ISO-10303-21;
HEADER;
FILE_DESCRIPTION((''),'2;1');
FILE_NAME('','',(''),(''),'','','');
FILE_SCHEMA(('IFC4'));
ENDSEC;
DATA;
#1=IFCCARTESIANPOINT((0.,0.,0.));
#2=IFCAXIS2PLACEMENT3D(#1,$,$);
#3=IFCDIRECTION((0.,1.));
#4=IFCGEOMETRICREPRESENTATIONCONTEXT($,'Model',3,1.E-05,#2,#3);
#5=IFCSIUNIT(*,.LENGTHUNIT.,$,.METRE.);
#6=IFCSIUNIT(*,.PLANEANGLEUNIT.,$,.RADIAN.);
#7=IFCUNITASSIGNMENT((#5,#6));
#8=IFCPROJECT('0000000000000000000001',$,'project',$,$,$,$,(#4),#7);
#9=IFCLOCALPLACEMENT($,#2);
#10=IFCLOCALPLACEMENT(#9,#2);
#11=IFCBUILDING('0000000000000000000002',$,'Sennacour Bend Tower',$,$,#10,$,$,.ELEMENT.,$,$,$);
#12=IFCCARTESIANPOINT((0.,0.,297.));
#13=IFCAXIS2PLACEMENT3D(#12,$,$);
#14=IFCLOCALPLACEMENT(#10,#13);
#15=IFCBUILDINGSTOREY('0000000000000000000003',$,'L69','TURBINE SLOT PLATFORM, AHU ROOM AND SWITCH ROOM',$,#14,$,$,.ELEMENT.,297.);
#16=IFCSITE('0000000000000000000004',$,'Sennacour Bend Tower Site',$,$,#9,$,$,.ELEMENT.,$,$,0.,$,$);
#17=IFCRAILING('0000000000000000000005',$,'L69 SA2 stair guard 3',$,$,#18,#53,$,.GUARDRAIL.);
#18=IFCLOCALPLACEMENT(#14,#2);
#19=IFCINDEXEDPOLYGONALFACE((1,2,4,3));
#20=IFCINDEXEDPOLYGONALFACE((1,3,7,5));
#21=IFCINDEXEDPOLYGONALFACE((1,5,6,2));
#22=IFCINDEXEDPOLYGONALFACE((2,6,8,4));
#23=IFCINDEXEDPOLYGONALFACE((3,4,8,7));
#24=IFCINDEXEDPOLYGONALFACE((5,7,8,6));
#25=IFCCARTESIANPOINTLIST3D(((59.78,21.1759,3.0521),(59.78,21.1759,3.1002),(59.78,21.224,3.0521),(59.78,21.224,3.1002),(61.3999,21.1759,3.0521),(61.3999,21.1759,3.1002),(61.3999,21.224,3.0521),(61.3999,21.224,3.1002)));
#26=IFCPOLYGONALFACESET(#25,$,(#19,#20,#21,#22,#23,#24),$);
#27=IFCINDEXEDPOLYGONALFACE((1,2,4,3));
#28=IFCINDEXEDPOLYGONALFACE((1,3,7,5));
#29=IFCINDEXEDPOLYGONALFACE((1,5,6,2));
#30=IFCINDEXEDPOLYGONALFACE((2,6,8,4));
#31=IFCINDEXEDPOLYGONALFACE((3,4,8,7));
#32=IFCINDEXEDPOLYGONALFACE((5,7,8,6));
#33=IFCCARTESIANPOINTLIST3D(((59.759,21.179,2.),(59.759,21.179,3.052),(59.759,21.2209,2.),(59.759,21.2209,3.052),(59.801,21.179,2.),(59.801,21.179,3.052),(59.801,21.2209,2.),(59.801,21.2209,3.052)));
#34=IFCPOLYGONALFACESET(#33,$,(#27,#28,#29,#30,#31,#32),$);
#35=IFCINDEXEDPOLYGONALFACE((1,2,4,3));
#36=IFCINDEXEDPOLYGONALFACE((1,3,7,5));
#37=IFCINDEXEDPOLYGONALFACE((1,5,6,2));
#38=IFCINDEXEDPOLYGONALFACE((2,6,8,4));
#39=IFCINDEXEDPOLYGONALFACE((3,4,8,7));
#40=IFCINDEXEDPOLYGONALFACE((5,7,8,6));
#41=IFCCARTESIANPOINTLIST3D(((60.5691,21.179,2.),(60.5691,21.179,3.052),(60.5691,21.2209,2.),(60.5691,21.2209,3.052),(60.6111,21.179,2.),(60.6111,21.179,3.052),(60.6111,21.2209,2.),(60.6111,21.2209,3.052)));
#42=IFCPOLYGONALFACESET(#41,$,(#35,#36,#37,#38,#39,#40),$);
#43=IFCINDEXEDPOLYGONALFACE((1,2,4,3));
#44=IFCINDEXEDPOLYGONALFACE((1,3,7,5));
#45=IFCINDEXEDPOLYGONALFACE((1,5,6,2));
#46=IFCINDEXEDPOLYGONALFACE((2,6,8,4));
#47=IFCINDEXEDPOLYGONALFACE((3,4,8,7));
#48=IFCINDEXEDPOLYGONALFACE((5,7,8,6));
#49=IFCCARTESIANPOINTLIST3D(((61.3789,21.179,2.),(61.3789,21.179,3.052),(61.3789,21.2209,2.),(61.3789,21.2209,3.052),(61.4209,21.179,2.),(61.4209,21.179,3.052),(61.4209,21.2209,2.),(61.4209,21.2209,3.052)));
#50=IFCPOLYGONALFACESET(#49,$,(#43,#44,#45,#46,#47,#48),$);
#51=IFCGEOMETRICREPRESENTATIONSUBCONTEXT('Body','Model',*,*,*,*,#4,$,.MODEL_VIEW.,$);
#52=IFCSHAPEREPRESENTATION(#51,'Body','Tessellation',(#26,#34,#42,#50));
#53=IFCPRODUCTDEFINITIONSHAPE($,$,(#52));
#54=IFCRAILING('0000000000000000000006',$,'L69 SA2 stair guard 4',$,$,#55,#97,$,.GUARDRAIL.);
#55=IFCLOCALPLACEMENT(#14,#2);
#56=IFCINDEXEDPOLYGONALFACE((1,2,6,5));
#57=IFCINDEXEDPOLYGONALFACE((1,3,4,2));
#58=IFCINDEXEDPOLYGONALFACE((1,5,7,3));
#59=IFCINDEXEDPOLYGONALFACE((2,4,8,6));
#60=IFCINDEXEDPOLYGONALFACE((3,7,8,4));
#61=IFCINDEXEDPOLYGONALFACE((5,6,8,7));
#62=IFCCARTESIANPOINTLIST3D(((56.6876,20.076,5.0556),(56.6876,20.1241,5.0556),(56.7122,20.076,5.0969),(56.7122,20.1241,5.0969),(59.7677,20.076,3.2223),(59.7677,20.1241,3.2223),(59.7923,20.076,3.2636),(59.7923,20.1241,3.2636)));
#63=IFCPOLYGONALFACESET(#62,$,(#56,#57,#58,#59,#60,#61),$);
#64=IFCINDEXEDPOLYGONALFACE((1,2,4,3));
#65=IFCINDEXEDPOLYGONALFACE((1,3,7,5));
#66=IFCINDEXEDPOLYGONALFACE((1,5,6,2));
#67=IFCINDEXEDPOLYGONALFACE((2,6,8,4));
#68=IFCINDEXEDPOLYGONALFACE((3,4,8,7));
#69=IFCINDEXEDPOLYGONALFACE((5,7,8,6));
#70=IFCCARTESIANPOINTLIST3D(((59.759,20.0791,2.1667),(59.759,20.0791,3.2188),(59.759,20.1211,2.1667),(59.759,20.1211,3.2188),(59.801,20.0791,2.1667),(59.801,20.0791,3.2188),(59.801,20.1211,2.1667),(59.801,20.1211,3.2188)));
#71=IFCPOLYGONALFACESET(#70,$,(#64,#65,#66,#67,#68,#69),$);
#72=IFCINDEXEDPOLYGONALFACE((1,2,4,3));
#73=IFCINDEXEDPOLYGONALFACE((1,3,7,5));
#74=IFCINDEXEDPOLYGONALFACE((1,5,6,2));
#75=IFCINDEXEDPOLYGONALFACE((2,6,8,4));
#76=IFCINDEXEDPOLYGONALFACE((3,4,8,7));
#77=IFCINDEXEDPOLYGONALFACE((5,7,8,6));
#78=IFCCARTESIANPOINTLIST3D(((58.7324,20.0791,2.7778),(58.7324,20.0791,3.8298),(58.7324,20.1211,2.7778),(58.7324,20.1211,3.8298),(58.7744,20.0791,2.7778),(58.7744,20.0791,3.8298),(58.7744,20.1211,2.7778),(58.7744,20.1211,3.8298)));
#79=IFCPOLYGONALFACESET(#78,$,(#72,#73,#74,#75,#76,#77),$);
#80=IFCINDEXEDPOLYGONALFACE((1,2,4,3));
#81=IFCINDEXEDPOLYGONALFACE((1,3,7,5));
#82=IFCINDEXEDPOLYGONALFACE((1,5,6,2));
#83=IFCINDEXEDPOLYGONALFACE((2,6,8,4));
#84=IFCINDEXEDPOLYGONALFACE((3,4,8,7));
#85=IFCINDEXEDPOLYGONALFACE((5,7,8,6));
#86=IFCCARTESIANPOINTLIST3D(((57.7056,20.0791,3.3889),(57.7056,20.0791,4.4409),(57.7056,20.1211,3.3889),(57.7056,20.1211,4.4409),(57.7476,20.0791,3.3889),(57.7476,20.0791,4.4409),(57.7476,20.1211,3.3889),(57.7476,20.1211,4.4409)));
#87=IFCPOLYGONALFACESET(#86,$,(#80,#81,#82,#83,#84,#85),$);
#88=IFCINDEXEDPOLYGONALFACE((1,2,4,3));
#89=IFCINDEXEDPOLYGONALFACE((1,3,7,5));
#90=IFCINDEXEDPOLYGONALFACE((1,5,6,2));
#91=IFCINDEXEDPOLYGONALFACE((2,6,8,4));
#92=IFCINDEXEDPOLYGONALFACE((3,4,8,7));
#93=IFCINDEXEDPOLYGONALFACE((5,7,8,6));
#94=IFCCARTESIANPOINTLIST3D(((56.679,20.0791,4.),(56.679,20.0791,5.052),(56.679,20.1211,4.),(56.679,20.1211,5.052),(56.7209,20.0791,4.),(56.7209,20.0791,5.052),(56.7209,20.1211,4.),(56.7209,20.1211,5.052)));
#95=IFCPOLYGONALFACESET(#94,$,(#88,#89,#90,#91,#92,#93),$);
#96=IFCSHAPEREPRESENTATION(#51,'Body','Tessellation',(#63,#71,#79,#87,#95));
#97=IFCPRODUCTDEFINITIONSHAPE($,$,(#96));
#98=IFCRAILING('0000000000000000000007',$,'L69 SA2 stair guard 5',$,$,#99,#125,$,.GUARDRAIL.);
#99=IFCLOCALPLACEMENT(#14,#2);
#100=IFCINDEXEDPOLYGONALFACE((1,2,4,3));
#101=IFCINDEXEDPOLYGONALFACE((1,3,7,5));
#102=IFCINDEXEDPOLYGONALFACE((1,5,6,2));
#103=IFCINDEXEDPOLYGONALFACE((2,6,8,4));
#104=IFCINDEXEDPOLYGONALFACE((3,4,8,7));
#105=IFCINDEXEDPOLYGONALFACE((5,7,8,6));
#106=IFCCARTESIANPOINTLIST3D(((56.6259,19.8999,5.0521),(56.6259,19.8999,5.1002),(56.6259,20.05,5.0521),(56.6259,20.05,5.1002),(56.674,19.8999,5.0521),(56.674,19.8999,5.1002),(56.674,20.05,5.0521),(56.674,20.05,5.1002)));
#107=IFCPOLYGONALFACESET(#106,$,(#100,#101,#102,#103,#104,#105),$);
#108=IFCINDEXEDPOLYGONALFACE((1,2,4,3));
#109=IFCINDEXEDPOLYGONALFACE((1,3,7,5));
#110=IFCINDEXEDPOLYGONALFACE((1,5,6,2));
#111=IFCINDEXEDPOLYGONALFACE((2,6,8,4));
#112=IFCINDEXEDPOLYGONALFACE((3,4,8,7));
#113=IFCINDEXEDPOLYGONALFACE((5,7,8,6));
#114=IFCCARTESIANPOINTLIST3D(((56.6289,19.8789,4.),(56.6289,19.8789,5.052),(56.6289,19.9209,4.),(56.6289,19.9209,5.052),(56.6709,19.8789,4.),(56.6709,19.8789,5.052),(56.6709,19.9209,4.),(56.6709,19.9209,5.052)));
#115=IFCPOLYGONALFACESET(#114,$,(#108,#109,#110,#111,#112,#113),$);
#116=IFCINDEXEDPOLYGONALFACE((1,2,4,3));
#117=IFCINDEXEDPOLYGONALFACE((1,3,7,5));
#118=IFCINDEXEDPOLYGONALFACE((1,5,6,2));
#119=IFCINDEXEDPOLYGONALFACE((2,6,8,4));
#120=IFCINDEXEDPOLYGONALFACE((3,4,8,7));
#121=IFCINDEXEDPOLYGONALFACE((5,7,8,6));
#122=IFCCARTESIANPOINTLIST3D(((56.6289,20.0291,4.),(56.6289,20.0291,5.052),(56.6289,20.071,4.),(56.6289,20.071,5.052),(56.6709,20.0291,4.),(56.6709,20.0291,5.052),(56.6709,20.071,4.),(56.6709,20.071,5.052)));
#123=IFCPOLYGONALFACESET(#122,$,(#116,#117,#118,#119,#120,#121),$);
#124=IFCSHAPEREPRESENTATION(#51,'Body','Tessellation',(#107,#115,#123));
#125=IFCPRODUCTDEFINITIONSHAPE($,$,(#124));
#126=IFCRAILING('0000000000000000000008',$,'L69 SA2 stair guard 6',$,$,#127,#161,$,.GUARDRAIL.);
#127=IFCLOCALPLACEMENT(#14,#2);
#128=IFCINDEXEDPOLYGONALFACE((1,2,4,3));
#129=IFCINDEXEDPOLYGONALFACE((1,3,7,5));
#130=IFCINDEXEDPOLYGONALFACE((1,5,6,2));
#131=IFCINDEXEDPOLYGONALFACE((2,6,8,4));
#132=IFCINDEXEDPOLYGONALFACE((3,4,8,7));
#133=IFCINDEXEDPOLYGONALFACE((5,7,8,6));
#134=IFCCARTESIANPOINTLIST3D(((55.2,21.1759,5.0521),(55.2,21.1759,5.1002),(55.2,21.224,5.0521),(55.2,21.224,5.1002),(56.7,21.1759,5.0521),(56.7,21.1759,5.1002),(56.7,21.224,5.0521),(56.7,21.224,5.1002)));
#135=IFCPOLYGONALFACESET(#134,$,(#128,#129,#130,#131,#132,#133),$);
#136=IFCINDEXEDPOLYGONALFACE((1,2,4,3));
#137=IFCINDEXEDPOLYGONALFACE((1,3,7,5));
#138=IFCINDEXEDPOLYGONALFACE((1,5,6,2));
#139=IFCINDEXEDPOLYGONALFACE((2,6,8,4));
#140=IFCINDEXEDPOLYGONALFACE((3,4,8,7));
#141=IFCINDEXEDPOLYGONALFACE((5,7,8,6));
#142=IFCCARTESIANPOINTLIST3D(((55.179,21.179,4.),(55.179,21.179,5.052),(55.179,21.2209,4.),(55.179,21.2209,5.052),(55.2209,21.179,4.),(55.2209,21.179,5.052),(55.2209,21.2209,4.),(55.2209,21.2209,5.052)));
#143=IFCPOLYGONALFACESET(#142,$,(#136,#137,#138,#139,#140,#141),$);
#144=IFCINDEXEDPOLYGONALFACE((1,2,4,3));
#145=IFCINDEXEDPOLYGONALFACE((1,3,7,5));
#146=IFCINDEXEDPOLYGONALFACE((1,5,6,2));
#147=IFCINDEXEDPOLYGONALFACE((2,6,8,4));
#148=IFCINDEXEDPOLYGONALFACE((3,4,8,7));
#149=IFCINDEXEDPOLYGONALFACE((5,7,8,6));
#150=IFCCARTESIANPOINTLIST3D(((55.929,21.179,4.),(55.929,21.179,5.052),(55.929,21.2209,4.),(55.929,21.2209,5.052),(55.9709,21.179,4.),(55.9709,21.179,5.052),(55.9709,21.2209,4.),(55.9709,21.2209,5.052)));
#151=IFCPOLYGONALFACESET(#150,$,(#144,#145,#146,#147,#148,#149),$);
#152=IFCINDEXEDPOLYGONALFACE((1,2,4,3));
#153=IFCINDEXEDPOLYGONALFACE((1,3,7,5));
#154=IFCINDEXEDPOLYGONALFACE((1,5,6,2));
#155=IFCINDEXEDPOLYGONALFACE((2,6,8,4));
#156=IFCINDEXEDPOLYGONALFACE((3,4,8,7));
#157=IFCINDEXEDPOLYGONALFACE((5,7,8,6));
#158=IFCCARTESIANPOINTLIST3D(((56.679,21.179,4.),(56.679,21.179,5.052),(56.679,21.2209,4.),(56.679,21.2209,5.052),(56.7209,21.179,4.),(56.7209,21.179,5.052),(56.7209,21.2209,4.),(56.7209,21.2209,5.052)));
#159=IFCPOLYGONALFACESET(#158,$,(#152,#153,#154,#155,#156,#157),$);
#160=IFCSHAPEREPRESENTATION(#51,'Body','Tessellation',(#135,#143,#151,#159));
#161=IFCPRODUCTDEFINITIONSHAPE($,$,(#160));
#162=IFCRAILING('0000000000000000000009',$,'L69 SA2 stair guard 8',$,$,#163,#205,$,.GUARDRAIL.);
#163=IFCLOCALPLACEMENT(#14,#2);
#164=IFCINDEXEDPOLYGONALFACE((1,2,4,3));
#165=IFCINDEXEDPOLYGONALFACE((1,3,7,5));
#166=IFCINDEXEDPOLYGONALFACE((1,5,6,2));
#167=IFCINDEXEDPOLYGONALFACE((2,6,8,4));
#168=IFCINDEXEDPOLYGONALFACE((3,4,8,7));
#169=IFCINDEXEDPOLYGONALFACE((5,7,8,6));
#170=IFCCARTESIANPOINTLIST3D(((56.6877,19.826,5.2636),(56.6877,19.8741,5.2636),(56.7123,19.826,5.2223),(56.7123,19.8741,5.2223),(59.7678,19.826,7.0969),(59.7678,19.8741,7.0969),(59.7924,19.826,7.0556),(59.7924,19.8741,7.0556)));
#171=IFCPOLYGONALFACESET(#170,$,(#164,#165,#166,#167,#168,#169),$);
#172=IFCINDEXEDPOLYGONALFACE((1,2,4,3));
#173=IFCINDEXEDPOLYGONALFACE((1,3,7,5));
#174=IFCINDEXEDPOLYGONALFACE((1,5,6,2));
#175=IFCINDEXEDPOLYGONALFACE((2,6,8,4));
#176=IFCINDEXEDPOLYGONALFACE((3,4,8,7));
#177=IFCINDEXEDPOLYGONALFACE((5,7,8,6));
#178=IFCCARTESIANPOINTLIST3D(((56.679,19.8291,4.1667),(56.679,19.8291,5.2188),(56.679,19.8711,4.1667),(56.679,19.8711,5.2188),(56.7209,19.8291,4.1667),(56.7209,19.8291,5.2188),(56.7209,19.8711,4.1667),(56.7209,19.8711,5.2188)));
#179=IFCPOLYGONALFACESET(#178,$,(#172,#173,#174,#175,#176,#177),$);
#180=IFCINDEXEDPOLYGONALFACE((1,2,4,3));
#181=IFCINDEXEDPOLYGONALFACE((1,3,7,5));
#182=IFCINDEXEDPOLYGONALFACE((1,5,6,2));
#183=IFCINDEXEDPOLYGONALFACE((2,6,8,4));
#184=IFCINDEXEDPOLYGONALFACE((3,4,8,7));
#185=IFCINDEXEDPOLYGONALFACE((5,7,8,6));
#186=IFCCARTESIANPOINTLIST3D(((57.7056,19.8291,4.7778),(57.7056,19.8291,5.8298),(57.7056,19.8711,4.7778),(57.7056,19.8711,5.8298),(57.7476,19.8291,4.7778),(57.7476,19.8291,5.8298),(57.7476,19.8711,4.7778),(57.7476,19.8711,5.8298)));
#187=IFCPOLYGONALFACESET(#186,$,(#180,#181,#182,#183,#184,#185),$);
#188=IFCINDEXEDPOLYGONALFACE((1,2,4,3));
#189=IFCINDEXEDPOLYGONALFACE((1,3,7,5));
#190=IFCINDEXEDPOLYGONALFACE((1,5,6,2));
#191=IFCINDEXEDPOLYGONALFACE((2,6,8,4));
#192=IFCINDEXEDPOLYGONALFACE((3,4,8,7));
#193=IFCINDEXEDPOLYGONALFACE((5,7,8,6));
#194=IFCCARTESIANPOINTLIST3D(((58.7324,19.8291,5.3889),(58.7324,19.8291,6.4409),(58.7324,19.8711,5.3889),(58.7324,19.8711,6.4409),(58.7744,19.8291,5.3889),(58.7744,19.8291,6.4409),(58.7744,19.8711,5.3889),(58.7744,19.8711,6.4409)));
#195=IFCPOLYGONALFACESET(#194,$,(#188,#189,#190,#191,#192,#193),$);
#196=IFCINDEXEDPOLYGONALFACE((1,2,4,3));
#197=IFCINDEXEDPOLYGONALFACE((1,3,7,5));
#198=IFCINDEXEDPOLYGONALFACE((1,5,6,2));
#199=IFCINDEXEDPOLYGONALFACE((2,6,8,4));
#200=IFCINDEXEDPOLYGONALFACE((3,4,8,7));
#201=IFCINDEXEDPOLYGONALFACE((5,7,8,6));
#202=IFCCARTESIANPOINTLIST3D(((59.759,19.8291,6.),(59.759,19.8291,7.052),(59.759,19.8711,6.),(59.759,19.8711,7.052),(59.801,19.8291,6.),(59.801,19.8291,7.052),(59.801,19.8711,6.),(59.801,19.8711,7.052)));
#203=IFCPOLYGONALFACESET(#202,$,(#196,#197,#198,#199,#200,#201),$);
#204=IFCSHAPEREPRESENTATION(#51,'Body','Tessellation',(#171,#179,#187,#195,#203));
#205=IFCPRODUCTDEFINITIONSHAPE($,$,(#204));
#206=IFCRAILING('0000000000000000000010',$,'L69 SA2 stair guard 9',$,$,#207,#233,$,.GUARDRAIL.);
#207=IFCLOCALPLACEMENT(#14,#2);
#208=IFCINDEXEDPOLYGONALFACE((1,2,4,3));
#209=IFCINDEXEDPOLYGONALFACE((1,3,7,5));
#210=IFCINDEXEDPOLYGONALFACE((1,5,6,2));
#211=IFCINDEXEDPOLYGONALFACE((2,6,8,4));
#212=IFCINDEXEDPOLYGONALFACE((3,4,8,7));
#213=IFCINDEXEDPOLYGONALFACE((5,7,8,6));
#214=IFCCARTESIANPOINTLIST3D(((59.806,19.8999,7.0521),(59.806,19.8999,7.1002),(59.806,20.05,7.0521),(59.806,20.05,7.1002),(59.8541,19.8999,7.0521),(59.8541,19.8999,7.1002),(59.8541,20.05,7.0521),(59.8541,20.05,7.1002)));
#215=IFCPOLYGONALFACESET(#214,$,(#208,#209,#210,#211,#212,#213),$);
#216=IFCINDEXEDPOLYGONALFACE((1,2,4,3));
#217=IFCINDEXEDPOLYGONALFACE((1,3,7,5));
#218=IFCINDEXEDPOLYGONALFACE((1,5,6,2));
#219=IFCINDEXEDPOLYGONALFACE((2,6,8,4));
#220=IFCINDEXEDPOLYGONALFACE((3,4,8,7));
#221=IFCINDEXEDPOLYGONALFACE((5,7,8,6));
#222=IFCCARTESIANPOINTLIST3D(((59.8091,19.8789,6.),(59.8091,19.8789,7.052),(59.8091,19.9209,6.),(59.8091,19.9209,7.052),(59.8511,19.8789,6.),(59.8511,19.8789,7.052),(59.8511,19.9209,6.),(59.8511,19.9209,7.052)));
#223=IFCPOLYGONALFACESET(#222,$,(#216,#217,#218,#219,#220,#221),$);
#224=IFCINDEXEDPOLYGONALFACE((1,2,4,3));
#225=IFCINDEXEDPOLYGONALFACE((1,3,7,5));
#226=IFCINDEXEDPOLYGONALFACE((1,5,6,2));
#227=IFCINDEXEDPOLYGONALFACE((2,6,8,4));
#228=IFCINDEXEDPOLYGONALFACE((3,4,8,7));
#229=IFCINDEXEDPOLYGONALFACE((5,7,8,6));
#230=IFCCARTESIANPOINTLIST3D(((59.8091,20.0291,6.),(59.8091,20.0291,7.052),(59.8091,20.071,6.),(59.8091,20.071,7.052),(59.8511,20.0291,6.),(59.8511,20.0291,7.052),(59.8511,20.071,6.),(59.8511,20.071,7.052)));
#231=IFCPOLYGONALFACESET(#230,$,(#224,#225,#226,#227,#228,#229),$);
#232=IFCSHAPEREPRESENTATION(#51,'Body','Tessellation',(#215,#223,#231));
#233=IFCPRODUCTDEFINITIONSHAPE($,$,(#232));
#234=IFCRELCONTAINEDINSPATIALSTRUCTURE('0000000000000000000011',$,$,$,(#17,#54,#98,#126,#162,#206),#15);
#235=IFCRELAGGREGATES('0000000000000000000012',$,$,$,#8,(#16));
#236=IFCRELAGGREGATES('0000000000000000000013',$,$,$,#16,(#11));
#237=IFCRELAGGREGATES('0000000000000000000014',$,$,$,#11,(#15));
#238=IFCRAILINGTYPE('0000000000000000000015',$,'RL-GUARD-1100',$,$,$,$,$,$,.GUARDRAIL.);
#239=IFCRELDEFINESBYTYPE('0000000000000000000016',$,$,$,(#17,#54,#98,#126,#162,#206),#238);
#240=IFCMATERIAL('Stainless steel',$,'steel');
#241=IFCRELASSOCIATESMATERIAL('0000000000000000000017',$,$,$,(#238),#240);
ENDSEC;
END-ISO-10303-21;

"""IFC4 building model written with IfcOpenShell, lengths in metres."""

from ifc_helpers import new_model, si_unit, direction, frame, origin, origin_2d, place, context, subcontext, project, spatial, rectangle, extrude, material, type_object, element, save


model = new_model("IFC4")

# Units and contexts
model_context = context("Model", 3, precision=1e-05, world=origin(), true_north=direction((0.0, 1.0)))
body_context = subcontext(model_context, "Body", "Model", "MODEL_VIEW")
ifc_project = project(units=[si_unit("LENGTHUNIT", "METRE"), si_unit("PLANEANGLEUNIT", "RADIAN")], contexts=[model_context])

# Site, building, storey
site_placement = place(None, origin())
site = spatial("IfcSite", under=ifc_project, at=site_placement, Name="Sennacour Bend Tower Site", CompositionType="ELEMENT", RefElevation=0.0)
building_placement = place(site_placement, origin())
building = spatial("IfcBuilding", under=site, at=building_placement, Name="Sennacour Bend Tower", CompositionType="ELEMENT")
storey_placement = place(building_placement, frame((0.0, 0.0, 297.0)))
storey = spatial("IfcBuildingStorey", under=building, at=storey_placement, Name="L69", Description="TURBINE SLOT PLATFORM, AHU ROOM AND SWITCH ROOM", CompositionType="ELEMENT", Elevation=297.0)

# Railings
ifc_material_1 = material(Name="Stainless steel", Category="steel")
railing_type_1 = type_object("IfcRailingType", Name="RL-GUARD-1100", PredefinedType="GUARDRAIL", material=ifc_material_1)
railing_1_placement = place(storey_placement, frame((59.78, 21.2, 2.0)))
element("IfcRailing", 1, at=railing_1_placement, inside=storey, type_object=railing_type_1, Name="L69 SA2 stair guard 3", PredefinedType="GUARDRAIL", context=body_context, shape_type="SweptSolid", body=[
    extrude(rectangle(XDim=0.0481, YDim=0.0481, at=origin_2d()), frame((0.0, 0.0, 1.0762), z_axis=(1.0, 0.0, 0.0), x_axis=(0.0, 1.0, 0.0)), (0.0, 0.0, 1.0), 1.6199),
    extrude(rectangle(XDim=0.042, YDim=0.042, at=origin_2d()), origin(), (0.0, 0.0, 1.0), 1.052),
    extrude(rectangle(XDim=0.042, YDim=0.042, at=origin_2d()), frame((0.8101, 0.0, 0.0)), (0.0, 0.0, 1.0), 1.052),
    extrude(rectangle(XDim=0.042, YDim=0.042, at=origin_2d()), frame((1.6199, 0.0, 0.0)), (0.0, 0.0, 1.0), 1.052),
])
railing_2_placement = place(storey_placement, frame((59.78, 20.1001, 2.1667)))
element("IfcRailing", 2, at=railing_2_placement, inside=storey, type_object=railing_type_1, Name="L69 SA2 stair guard 4", PredefinedType="GUARDRAIL", context=body_context, shape_type="SweptSolid", body=[
    extrude(rectangle(XDim=0.0481, YDim=0.0481, at=origin_2d()), frame((0.0, 0.0, 1.0762), z_axis=(-0.859309, 0.0, 0.511458), x_axis=(0.0, -1.0, 0.0)), (0.0, 0.0, 1.0), 3.5845),
    extrude(rectangle(XDim=0.042, YDim=0.042, at=origin_2d()), origin(), (0.0, 0.0, 1.0), 1.052),
    extrude(rectangle(XDim=0.042, YDim=0.042, at=origin_2d()), frame((-1.0266, 0.0, 0.6111)), (0.0, 0.0, 1.0), 1.052),
    extrude(rectangle(XDim=0.042, YDim=0.042, at=origin_2d()), frame((-2.0535, 0.0, 1.2222)), (0.0, 0.0, 1.0), 1.052),
    extrude(rectangle(XDim=0.042, YDim=0.042, at=origin_2d()), frame((-3.0801, 0.0, 1.8333)), (0.0, 0.0, 1.0), 1.052),
])
railing_3_placement = place(storey_placement, frame((56.6499, 19.8999, 4.0)))
element("IfcRailing", 3, at=railing_3_placement, inside=storey, type_object=railing_type_1, Name="L69 SA2 stair guard 5", PredefinedType="GUARDRAIL", context=body_context, shape_type="SweptSolid", body=[
    extrude(rectangle(XDim=0.0481, YDim=0.0481, at=origin_2d()), frame((0.0, 0.0, 1.0762), z_axis=(0.0, 1.0, 0.0), x_axis=(-1.0, 0.0, 0.0)), (0.0, 0.0, 1.0), 0.1501),
    extrude(rectangle(XDim=0.042, YDim=0.042, at=origin_2d()), origin(), (0.0, 0.0, 1.0), 1.052),
    extrude(rectangle(XDim=0.042, YDim=0.042, at=origin_2d()), frame((0.0, 0.1501, 0.0)), (0.0, 0.0, 1.0), 1.052),
])
railing_4_placement = place(storey_placement, frame((55.2, 21.2, 4.0)))
element("IfcRailing", 4, at=railing_4_placement, inside=storey, type_object=railing_type_1, Name="L69 SA2 stair guard 6", PredefinedType="GUARDRAIL", context=body_context, shape_type="SweptSolid", body=[
    extrude(rectangle(XDim=0.0481, YDim=0.0481, at=origin_2d()), frame((0.0, 0.0, 1.0762), z_axis=(1.0, 0.0, 0.0), x_axis=(0.0, 1.0, 0.0)), (0.0, 0.0, 1.0), 1.5),
    extrude(rectangle(XDim=0.042, YDim=0.042, at=origin_2d()), origin(), (0.0, 0.0, 1.0), 1.052),
    extrude(rectangle(XDim=0.042, YDim=0.042, at=origin_2d()), frame((0.75, 0.0, 0.0)), (0.0, 0.0, 1.0), 1.052),
    extrude(rectangle(XDim=0.042, YDim=0.042, at=origin_2d()), frame((1.5, 0.0, 0.0)), (0.0, 0.0, 1.0), 1.052),
])
railing_5_placement = place(storey_placement, frame((56.7, 19.8501, 4.1667)))
element("IfcRailing", 5, at=railing_5_placement, inside=storey, type_object=railing_type_1, Name="L69 SA2 stair guard 8", PredefinedType="GUARDRAIL", context=body_context, shape_type="SweptSolid", body=[
    extrude(rectangle(XDim=0.0481, YDim=0.0481, at=origin_2d()), frame((0.0, 0.0, 1.0762), z_axis=(0.859309, 0.0, 0.511458), x_axis=(0.0, 1.0, 0.0)), (0.0, 0.0, 1.0), 3.5845),
    extrude(rectangle(XDim=0.042, YDim=0.042, at=origin_2d()), origin(), (0.0, 0.0, 1.0), 1.052),
    extrude(rectangle(XDim=0.042, YDim=0.042, at=origin_2d()), frame((1.0266, 0.0, 0.6111)), (0.0, 0.0, 1.0), 1.052),
    extrude(rectangle(XDim=0.042, YDim=0.042, at=origin_2d()), frame((2.0535, 0.0, 1.2222)), (0.0, 0.0, 1.0), 1.052),
    extrude(rectangle(XDim=0.042, YDim=0.042, at=origin_2d()), frame((3.0801, 0.0, 1.8333)), (0.0, 0.0, 1.0), 1.052),
])
railing_6_placement = place(storey_placement, frame((59.8301, 19.8999, 6.0)))
element("IfcRailing", 6, at=railing_6_placement, inside=storey, type_object=railing_type_1, Name="L69 SA2 stair guard 9", PredefinedType="GUARDRAIL", context=body_context, shape_type="SweptSolid", body=[
    extrude(rectangle(XDim=0.0481, YDim=0.0481, at=origin_2d()), frame((0.0, 0.0, 1.0762), z_axis=(0.0, 1.0, 0.0), x_axis=(-1.0, 0.0, 0.0)), (0.0, 0.0, 1.0), 0.1501),
    extrude(rectangle(XDim=0.042, YDim=0.042, at=origin_2d()), origin(), (0.0, 0.0, 1.0), 1.052),
    extrude(rectangle(XDim=0.042, YDim=0.042, at=origin_2d()), frame((0.0, 0.1501, 0.0)), (0.0, 0.0, 1.0), 1.052),
])

save(model, "model.ifc")
